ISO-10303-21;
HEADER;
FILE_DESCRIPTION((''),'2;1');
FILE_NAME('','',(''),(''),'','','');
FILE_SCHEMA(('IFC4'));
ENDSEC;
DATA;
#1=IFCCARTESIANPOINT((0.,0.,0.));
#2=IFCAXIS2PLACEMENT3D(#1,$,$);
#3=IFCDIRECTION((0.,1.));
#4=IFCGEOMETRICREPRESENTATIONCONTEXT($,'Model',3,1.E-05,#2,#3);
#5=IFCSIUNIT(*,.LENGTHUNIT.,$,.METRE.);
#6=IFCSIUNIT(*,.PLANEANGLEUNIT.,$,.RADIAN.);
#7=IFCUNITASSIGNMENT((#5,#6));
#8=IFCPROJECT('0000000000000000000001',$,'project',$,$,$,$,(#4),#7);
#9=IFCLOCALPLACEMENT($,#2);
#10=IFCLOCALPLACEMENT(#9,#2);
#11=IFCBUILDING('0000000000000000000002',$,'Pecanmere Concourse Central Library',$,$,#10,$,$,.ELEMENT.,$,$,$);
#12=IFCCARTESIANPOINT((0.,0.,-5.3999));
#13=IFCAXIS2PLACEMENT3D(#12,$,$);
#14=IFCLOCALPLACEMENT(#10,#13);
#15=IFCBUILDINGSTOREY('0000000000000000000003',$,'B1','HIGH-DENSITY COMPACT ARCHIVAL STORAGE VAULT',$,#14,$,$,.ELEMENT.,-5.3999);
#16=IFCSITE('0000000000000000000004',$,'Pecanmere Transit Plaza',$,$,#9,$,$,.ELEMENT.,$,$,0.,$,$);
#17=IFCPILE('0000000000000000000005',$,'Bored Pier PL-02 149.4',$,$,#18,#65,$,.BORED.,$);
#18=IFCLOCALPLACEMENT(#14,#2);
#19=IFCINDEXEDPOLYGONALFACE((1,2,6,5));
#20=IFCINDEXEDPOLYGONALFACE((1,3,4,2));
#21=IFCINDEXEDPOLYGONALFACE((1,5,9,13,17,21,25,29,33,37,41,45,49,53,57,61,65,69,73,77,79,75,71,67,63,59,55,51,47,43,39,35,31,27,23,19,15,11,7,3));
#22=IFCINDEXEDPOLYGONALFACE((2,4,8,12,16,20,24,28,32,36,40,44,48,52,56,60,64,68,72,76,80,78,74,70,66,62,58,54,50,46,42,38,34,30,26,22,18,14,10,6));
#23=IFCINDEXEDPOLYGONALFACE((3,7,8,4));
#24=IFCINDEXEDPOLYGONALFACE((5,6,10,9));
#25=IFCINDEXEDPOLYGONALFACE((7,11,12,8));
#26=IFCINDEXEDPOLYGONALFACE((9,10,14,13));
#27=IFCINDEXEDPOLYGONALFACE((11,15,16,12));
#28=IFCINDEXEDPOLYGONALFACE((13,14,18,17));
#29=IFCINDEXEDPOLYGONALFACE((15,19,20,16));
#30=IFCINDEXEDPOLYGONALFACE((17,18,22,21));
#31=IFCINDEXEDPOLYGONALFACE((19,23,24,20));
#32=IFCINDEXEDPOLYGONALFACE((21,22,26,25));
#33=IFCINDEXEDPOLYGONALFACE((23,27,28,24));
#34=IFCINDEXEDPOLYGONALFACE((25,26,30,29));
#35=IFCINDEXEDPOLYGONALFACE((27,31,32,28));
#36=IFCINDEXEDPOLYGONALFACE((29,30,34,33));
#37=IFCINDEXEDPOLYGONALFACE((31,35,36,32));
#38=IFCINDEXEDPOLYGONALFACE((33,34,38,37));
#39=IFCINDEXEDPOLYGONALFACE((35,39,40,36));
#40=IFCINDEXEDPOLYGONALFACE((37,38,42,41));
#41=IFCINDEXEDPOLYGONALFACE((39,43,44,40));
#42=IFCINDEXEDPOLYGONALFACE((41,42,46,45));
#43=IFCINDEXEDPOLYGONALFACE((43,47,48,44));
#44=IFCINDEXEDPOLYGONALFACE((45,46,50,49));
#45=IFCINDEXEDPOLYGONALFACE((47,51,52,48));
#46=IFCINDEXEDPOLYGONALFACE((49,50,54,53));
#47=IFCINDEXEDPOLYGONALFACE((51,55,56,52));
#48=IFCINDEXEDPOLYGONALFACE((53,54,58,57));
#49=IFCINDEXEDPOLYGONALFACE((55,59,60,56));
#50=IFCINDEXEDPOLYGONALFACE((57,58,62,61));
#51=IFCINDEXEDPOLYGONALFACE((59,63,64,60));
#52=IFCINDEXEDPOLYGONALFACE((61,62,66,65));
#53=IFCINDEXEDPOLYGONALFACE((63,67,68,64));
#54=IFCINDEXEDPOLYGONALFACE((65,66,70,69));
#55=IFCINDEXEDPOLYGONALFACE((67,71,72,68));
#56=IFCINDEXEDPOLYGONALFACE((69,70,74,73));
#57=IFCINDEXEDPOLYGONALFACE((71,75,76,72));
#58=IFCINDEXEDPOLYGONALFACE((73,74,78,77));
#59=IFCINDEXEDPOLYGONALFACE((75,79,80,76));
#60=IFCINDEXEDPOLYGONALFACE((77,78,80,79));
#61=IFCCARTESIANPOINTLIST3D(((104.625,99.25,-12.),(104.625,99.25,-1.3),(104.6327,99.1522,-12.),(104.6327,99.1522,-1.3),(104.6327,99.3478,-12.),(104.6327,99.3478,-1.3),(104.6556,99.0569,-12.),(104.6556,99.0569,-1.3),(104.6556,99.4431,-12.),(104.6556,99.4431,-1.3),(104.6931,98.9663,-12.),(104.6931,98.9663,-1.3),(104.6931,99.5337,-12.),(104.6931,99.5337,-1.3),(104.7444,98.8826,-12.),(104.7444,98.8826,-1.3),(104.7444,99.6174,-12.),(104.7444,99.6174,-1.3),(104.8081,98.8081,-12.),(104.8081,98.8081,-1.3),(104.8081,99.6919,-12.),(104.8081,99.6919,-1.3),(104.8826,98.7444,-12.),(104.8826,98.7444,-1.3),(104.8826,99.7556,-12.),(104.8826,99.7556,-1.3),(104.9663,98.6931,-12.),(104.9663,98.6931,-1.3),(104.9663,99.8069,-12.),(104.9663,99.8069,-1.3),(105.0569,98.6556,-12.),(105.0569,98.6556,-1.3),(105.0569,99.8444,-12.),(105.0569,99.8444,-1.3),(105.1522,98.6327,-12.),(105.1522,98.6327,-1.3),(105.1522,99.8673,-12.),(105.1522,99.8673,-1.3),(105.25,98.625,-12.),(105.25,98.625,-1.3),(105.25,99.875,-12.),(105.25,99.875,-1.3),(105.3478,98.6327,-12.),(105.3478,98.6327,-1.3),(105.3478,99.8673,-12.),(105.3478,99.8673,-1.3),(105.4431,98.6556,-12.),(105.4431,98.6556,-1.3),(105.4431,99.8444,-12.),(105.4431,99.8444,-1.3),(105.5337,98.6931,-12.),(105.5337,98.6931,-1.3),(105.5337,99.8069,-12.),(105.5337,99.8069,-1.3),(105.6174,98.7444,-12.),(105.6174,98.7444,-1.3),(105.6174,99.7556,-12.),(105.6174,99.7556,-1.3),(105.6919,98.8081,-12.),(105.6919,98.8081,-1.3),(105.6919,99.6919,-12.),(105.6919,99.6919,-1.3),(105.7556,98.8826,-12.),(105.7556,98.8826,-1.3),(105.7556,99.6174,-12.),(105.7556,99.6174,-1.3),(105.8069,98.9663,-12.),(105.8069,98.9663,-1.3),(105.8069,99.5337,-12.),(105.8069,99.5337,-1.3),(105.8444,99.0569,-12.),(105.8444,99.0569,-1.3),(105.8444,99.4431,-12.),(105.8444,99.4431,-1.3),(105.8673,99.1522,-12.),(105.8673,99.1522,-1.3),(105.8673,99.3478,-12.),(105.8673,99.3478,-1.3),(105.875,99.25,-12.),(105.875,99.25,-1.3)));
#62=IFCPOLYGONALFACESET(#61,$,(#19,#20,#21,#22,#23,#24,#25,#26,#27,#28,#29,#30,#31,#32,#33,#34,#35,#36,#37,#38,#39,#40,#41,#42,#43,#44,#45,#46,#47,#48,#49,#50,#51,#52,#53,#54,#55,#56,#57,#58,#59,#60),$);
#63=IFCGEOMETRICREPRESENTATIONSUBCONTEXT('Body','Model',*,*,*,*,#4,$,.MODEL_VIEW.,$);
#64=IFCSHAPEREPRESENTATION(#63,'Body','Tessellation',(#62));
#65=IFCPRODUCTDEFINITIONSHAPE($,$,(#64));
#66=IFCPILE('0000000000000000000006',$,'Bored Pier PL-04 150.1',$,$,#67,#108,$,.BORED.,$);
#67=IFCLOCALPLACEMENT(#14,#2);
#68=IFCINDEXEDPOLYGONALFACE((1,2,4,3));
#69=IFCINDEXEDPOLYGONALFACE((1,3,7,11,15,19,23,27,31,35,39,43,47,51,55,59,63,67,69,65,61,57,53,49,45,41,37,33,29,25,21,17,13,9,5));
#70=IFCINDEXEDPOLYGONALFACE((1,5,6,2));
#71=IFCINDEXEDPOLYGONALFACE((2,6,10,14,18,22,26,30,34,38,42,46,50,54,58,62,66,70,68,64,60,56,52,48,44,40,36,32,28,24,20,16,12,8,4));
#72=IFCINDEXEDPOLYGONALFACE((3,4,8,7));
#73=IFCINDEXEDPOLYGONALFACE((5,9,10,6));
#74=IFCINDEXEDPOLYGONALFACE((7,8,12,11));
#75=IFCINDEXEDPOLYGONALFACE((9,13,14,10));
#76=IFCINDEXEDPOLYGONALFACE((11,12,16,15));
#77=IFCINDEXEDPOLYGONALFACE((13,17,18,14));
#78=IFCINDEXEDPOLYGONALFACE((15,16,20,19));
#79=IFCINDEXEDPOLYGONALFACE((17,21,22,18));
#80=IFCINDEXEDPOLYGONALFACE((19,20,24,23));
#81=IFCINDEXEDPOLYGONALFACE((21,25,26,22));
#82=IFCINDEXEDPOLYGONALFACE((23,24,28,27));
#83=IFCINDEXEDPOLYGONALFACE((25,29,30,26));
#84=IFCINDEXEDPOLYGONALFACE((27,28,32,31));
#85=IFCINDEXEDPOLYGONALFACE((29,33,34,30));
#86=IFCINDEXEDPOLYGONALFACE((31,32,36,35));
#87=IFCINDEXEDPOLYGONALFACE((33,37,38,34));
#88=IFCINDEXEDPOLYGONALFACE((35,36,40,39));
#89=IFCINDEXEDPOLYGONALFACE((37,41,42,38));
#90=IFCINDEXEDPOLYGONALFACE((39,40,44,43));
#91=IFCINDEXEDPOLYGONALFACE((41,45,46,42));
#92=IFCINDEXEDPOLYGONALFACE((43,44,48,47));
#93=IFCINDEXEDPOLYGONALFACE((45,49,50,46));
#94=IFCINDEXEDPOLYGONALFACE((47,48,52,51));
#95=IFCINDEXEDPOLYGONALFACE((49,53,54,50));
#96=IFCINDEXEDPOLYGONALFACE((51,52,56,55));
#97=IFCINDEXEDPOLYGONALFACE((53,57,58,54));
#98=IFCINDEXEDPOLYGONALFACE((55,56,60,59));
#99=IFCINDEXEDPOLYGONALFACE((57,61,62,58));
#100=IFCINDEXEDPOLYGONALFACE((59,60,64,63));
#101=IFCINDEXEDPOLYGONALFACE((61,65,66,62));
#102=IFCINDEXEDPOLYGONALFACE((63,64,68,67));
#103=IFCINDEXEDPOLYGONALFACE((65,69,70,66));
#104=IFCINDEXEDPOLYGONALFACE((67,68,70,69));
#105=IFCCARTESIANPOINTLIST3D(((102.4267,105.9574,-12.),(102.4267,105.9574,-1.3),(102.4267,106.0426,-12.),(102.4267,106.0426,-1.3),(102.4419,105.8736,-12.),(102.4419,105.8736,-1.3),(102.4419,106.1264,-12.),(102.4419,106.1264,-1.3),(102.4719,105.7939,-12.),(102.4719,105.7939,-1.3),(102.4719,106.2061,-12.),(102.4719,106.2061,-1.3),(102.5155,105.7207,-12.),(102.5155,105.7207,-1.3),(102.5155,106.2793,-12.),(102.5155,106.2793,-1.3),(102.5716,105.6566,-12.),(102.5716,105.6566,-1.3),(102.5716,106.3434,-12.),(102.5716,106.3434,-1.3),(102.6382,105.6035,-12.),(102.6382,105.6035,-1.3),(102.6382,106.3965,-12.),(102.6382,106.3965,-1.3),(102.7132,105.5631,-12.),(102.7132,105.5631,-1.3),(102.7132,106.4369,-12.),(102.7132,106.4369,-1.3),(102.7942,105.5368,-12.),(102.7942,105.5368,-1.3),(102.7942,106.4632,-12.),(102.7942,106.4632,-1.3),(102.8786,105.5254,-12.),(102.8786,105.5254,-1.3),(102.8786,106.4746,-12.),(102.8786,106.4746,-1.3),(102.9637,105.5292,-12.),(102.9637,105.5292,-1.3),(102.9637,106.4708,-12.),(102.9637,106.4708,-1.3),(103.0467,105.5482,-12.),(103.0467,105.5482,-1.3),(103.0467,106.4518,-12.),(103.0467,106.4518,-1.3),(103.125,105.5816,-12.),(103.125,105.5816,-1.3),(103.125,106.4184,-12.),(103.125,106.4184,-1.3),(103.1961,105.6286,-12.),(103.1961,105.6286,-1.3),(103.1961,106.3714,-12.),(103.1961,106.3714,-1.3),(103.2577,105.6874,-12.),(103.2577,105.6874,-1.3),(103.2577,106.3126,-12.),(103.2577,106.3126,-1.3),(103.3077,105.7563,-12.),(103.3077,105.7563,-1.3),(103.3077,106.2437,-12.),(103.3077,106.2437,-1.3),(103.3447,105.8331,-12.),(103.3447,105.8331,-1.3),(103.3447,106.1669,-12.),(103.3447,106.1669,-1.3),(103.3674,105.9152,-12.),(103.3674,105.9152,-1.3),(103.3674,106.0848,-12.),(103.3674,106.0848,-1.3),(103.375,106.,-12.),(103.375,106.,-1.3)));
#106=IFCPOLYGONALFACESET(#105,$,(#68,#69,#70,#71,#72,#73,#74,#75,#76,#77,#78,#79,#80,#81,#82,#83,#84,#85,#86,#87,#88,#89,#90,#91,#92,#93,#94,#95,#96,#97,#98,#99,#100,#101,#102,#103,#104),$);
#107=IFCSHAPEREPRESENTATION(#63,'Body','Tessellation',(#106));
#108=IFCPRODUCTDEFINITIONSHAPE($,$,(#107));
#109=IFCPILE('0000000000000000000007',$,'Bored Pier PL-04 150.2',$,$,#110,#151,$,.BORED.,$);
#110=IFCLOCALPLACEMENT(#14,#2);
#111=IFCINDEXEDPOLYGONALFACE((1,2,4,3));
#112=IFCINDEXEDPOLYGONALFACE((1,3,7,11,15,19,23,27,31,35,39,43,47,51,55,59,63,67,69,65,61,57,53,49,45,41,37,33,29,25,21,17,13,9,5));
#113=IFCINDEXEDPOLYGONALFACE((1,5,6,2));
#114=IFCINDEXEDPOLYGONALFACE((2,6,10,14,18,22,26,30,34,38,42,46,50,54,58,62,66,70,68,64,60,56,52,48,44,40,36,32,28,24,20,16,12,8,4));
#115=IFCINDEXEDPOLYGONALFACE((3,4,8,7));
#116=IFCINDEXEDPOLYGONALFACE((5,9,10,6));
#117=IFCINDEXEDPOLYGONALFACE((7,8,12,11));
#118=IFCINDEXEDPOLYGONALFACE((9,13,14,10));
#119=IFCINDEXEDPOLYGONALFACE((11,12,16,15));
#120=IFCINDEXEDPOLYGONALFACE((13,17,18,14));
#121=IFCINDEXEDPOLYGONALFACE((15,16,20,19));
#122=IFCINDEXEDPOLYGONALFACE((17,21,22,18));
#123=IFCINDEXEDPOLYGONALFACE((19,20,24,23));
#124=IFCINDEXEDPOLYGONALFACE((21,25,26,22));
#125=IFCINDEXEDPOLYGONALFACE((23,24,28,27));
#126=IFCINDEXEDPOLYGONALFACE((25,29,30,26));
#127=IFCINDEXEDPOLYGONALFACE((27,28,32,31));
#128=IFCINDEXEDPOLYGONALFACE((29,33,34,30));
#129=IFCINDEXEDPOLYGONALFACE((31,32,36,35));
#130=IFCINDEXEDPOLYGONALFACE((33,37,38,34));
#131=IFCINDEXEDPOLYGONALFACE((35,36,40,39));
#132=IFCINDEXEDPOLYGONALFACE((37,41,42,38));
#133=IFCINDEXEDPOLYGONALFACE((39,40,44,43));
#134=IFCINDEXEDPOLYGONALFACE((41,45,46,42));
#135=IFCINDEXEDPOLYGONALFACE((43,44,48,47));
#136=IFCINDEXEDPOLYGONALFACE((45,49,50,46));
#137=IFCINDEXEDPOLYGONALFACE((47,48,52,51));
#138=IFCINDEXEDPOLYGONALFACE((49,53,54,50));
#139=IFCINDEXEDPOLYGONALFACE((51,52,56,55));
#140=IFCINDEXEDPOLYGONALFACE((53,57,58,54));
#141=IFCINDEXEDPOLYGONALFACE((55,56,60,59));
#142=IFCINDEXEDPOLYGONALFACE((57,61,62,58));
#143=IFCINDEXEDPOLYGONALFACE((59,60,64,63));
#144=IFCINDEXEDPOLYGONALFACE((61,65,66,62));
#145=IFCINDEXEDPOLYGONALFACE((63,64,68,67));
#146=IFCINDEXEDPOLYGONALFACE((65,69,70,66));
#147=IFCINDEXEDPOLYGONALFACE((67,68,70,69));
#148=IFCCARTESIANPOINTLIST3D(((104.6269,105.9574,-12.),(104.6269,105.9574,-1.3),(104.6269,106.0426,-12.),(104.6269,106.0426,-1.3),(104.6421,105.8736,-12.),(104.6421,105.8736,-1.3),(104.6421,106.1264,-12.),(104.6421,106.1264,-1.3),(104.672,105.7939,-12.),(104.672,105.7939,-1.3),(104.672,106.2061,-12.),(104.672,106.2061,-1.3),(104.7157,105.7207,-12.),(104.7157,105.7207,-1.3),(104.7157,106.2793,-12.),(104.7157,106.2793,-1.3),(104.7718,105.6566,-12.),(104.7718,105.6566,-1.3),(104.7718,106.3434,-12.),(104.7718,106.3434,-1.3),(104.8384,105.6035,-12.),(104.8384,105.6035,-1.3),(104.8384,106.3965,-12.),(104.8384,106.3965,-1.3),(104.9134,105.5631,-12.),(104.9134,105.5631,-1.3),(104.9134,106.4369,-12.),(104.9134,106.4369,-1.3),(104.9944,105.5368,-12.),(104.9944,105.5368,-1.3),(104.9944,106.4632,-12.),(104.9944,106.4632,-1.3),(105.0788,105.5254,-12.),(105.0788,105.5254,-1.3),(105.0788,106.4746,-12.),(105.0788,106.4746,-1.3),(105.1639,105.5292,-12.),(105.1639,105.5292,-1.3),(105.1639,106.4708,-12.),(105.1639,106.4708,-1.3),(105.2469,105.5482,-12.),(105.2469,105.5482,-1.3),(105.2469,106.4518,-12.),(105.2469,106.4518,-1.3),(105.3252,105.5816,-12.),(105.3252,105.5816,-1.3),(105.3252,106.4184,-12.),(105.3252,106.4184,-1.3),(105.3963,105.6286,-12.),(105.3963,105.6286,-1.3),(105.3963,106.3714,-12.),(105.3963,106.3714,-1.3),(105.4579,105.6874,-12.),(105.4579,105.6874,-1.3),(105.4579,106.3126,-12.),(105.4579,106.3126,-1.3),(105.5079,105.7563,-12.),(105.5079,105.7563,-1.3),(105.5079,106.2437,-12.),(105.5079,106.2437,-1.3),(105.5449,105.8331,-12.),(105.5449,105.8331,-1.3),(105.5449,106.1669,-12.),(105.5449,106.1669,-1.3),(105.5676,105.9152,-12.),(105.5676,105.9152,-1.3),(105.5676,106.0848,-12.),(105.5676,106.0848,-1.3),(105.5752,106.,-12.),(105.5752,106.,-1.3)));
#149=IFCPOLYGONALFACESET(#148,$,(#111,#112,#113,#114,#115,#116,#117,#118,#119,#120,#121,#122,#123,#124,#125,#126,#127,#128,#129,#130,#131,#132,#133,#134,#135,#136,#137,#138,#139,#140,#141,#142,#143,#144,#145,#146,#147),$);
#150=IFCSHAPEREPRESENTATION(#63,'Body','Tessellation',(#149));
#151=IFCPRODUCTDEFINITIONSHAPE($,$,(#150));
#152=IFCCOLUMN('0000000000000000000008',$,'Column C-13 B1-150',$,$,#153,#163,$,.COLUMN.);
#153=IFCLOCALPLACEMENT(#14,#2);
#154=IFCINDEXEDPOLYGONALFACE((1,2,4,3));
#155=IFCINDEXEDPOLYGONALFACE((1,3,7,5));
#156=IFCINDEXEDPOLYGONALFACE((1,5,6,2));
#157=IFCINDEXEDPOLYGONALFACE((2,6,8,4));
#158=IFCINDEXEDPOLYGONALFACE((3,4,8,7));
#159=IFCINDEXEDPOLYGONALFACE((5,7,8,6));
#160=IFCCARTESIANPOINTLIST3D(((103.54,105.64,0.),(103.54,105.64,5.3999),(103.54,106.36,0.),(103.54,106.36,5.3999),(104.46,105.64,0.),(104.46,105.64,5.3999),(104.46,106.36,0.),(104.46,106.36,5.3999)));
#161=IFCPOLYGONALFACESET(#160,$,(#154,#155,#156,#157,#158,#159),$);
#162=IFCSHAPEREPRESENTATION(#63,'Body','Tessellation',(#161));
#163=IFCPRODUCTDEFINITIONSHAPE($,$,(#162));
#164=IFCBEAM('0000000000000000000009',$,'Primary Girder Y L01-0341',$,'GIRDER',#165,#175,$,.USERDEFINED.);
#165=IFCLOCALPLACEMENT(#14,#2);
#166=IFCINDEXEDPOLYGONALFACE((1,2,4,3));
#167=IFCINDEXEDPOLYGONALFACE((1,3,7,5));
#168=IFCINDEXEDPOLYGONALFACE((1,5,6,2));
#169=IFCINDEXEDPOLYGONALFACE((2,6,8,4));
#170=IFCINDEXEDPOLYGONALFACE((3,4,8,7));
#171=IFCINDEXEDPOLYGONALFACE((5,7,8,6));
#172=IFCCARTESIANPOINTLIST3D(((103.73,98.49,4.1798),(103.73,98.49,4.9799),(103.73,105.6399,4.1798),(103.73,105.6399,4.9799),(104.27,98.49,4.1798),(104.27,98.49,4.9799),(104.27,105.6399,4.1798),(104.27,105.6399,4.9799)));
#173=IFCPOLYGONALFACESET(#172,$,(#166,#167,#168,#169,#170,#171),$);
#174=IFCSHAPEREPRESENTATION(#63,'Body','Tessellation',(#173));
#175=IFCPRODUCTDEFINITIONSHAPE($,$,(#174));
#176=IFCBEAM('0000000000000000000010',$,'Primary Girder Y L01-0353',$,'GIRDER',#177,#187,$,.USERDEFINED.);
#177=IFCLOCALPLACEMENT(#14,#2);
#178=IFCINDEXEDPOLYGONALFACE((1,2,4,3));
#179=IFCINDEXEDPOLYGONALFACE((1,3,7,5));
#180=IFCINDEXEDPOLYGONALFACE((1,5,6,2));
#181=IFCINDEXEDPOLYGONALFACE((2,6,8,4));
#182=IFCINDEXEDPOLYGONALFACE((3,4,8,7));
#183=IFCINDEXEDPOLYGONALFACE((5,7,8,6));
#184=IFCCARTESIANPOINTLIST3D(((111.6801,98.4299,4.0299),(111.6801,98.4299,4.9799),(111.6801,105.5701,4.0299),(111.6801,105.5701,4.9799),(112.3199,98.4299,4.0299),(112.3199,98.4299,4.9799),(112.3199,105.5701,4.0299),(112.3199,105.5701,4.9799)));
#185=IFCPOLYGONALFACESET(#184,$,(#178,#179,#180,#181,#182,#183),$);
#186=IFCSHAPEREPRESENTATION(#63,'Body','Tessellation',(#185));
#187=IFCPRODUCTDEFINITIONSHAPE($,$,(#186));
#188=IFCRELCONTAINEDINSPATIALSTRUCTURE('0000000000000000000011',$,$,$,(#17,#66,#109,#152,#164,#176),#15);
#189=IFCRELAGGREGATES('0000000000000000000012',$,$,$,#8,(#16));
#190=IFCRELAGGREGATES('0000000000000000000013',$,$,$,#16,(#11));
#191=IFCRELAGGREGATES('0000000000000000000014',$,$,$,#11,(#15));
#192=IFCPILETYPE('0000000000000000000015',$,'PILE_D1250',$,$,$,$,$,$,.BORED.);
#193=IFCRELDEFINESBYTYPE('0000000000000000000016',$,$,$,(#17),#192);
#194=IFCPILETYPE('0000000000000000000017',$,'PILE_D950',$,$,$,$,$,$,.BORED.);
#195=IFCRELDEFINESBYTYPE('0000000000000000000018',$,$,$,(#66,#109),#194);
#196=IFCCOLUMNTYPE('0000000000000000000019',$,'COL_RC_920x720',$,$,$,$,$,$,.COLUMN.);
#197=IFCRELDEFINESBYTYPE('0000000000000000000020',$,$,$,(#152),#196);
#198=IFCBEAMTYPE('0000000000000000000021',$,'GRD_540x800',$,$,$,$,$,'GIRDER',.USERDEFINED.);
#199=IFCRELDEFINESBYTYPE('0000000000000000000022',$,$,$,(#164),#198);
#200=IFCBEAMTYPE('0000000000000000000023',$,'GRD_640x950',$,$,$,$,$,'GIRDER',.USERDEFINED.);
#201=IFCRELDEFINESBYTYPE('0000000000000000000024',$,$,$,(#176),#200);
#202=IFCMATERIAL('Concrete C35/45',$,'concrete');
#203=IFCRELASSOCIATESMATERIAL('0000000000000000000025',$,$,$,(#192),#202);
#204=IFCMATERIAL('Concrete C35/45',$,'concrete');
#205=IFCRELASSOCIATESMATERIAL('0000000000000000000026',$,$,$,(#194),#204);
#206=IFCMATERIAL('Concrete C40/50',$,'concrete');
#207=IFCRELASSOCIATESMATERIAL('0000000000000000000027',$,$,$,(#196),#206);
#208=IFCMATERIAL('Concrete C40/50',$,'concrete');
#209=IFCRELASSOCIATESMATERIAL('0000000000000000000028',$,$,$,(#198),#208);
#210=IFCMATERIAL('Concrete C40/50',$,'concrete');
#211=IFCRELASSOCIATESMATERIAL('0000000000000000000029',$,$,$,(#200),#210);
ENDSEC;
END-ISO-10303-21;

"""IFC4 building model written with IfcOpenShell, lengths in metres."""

from ifc_helpers import new_model, si_unit, direction, frame, origin, origin_2d, place, context, subcontext, project, spatial, rectangle, circle, extrude, material, material_profile, profile_set, type_object, element, save


model = new_model("IFC4")

# Units and contexts
model_context = context("Model", 3, precision=1e-05, world=origin(), true_north=direction((0.0, 1.0)))
body_context = subcontext(model_context, "Body", "Model", "MODEL_VIEW")
ifc_project = project(units=[si_unit("LENGTHUNIT", "METRE"), si_unit("PLANEANGLEUNIT", "RADIAN")], contexts=[model_context])

# Site, building, storey
site_placement = place(None, origin())
site = spatial("IfcSite", under=ifc_project, at=site_placement, Name="Pecanmere Transit Plaza", CompositionType="ELEMENT", RefElevation=0.0)
building_placement = place(site_placement, origin())
building = spatial("IfcBuilding", under=site, at=building_placement, Name="Pecanmere Concourse Central Library", CompositionType="ELEMENT")
storey_placement = place(building_placement, frame((0.0, 0.0, -5.3999)))
storey = spatial("IfcBuildingStorey", under=building, at=storey_placement, Name="B1", Description="HIGH-DENSITY COMPACT ARCHIVAL STORAGE VAULT", CompositionType="ELEMENT", Elevation=-5.3999)

# Piles
ifc_material_1 = material(Name="Concrete C35/45", Category="concrete")
ifc_material_profile_1 = material_profile(ifc_material_1, circle(Radius=0.625, at=origin_2d()), Name="PIER D1250")
ifc_profile_set_1 = profile_set([ifc_material_profile_1], Name="Concrete C35/45")
pile_type_1 = type_object("IfcPileType", Name="PILE_D1250", PredefinedType="BORED", material=ifc_profile_set_1)
for number, where, z_axis, x_axis, name in (
    (1, (105.25, 99.25, -1.3), (0.0, 0.0, -1.0), (1.0, 0.0, 0.0), "Bored Pier PL-02 149.4"),
):
    element("IfcPile", number, at=place(storey_placement, frame(where, z_axis=z_axis, x_axis=x_axis)), inside=storey, type_object=pile_type_1, Name=name, PredefinedType="BORED", context=body_context, shape_type="SweptSolid", body=[
        extrude(circle(Radius=0.625, at=origin_2d()), origin(), (0.0, 0.0, 1.0), 10.7),
    ])
ifc_material_2 = material(Name="Concrete C35/45", Category="concrete")
ifc_material_profile_2 = material_profile(ifc_material_2, circle(Radius=0.4751, at=origin_2d()), Name="PIER D950")
ifc_profile_set_2 = profile_set([ifc_material_profile_2], Name="Concrete C35/45")
pile_type_2 = type_object("IfcPileType", Name="PILE_D950", PredefinedType="BORED", material=ifc_profile_set_2)
for number, where, z_axis, x_axis, name in (
    (2, (102.8999, 106.0, -1.3), (0.0, 0.0, -1.0), (1.0, 0.0, 0.0), "Bored Pier PL-04 150.1"),
    (3, (105.1001, 106.0, -1.3), (0.0, 0.0, -1.0), (1.0, 0.0, 0.0), "Bored Pier PL-04 150.2"),
):
    element("IfcPile", number, at=place(storey_placement, frame(where, z_axis=z_axis, x_axis=x_axis)), inside=storey, type_object=pile_type_2, Name=name, PredefinedType="BORED", context=body_context, shape_type="SweptSolid", body=[
        extrude(circle(Radius=0.4751, at=origin_2d()), origin(), (0.0, 0.0, 1.0), 10.7),
    ])

# Column
ifc_material_3 = material(Name="Concrete C40/50", Category="concrete")
ifc_material_profile_3 = material_profile(ifc_material_3, rectangle(XDim=0.9199, YDim=0.72, at=origin_2d()), Name="RC 920x720")
ifc_profile_set_3 = profile_set([ifc_material_profile_3], Name="Concrete C40/50")
column_type = type_object("IfcColumnType", Name="COL_RC_920x720", PredefinedType="COLUMN", material=ifc_profile_set_3)
column_placement = place(storey_placement, frame((104.0, 106.0, 0.0), z_axis=(0.0, 0.0, 1.0), x_axis=(1.0, 0.0, 0.0)))
element("IfcColumn", 4, at=column_placement, inside=storey, type_object=column_type, Name="Column C-13 B1-150", PredefinedType="COLUMN", context=body_context, shape_type="SweptSolid", body=[
    extrude(rectangle(XDim=0.9199, YDim=0.72, at=origin_2d()), origin(), (0.0, 0.0, 1.0), 5.3999),
])

# Beams
ifc_material_4 = material(Name="Concrete C40/50", Category="concrete")
ifc_material_profile_4 = material_profile(ifc_material_4, rectangle(XDim=0.54, YDim=0.8, at=origin_2d()), Name="RC 540x800")
ifc_profile_set_4 = profile_set([ifc_material_profile_4], Name="Concrete C40/50")
beam_type_1 = type_object("IfcBeamType", Name="GRD_540x800", ElementType="GIRDER", PredefinedType="USERDEFINED", material=ifc_profile_set_4)
beam_1_placement = place(storey_placement, frame((104.0, 98.49, 4.5798), z_axis=(0.0, 1.0, 0.0), x_axis=(-1.0, 0.0, 0.0)))
element("IfcBeam", 5, at=beam_1_placement, inside=storey, type_object=beam_type_1, Name="Primary Girder Y L01-0341", ObjectType="GIRDER", PredefinedType="USERDEFINED", context=body_context, shape_type="SweptSolid", body=[
    extrude(rectangle(XDim=0.54, YDim=0.8, at=origin_2d()), origin(), (0.0, 0.0, 1.0), 7.1499),
])
ifc_material_5 = material(Name="Concrete C40/50", Category="concrete")
ifc_material_profile_5 = material_profile(ifc_material_5, rectangle(XDim=0.6399, YDim=0.95, at=origin_2d()), Name="RC 640x950")
ifc_profile_set_5 = profile_set([ifc_material_profile_5], Name="Concrete C40/50")
beam_type_2 = type_object("IfcBeamType", Name="GRD_640x950", ElementType="GIRDER", PredefinedType="USERDEFINED", material=ifc_profile_set_5)
beam_2_placement = place(storey_placement, frame((112.0, 98.4299, 4.5049), z_axis=(0.0, 1.0, 0.0), x_axis=(-1.0, 0.0, 0.0)))
element("IfcBeam", 6, at=beam_2_placement, inside=storey, type_object=beam_type_2, Name="Primary Girder Y L01-0353", ObjectType="GIRDER", PredefinedType="USERDEFINED", context=body_context, shape_type="SweptSolid", body=[
    extrude(rectangle(XDim=0.6399, YDim=0.95, at=origin_2d()), origin(), (0.0, 0.0, 1.0), 7.1401),
])

save(model, "model.ifc")
